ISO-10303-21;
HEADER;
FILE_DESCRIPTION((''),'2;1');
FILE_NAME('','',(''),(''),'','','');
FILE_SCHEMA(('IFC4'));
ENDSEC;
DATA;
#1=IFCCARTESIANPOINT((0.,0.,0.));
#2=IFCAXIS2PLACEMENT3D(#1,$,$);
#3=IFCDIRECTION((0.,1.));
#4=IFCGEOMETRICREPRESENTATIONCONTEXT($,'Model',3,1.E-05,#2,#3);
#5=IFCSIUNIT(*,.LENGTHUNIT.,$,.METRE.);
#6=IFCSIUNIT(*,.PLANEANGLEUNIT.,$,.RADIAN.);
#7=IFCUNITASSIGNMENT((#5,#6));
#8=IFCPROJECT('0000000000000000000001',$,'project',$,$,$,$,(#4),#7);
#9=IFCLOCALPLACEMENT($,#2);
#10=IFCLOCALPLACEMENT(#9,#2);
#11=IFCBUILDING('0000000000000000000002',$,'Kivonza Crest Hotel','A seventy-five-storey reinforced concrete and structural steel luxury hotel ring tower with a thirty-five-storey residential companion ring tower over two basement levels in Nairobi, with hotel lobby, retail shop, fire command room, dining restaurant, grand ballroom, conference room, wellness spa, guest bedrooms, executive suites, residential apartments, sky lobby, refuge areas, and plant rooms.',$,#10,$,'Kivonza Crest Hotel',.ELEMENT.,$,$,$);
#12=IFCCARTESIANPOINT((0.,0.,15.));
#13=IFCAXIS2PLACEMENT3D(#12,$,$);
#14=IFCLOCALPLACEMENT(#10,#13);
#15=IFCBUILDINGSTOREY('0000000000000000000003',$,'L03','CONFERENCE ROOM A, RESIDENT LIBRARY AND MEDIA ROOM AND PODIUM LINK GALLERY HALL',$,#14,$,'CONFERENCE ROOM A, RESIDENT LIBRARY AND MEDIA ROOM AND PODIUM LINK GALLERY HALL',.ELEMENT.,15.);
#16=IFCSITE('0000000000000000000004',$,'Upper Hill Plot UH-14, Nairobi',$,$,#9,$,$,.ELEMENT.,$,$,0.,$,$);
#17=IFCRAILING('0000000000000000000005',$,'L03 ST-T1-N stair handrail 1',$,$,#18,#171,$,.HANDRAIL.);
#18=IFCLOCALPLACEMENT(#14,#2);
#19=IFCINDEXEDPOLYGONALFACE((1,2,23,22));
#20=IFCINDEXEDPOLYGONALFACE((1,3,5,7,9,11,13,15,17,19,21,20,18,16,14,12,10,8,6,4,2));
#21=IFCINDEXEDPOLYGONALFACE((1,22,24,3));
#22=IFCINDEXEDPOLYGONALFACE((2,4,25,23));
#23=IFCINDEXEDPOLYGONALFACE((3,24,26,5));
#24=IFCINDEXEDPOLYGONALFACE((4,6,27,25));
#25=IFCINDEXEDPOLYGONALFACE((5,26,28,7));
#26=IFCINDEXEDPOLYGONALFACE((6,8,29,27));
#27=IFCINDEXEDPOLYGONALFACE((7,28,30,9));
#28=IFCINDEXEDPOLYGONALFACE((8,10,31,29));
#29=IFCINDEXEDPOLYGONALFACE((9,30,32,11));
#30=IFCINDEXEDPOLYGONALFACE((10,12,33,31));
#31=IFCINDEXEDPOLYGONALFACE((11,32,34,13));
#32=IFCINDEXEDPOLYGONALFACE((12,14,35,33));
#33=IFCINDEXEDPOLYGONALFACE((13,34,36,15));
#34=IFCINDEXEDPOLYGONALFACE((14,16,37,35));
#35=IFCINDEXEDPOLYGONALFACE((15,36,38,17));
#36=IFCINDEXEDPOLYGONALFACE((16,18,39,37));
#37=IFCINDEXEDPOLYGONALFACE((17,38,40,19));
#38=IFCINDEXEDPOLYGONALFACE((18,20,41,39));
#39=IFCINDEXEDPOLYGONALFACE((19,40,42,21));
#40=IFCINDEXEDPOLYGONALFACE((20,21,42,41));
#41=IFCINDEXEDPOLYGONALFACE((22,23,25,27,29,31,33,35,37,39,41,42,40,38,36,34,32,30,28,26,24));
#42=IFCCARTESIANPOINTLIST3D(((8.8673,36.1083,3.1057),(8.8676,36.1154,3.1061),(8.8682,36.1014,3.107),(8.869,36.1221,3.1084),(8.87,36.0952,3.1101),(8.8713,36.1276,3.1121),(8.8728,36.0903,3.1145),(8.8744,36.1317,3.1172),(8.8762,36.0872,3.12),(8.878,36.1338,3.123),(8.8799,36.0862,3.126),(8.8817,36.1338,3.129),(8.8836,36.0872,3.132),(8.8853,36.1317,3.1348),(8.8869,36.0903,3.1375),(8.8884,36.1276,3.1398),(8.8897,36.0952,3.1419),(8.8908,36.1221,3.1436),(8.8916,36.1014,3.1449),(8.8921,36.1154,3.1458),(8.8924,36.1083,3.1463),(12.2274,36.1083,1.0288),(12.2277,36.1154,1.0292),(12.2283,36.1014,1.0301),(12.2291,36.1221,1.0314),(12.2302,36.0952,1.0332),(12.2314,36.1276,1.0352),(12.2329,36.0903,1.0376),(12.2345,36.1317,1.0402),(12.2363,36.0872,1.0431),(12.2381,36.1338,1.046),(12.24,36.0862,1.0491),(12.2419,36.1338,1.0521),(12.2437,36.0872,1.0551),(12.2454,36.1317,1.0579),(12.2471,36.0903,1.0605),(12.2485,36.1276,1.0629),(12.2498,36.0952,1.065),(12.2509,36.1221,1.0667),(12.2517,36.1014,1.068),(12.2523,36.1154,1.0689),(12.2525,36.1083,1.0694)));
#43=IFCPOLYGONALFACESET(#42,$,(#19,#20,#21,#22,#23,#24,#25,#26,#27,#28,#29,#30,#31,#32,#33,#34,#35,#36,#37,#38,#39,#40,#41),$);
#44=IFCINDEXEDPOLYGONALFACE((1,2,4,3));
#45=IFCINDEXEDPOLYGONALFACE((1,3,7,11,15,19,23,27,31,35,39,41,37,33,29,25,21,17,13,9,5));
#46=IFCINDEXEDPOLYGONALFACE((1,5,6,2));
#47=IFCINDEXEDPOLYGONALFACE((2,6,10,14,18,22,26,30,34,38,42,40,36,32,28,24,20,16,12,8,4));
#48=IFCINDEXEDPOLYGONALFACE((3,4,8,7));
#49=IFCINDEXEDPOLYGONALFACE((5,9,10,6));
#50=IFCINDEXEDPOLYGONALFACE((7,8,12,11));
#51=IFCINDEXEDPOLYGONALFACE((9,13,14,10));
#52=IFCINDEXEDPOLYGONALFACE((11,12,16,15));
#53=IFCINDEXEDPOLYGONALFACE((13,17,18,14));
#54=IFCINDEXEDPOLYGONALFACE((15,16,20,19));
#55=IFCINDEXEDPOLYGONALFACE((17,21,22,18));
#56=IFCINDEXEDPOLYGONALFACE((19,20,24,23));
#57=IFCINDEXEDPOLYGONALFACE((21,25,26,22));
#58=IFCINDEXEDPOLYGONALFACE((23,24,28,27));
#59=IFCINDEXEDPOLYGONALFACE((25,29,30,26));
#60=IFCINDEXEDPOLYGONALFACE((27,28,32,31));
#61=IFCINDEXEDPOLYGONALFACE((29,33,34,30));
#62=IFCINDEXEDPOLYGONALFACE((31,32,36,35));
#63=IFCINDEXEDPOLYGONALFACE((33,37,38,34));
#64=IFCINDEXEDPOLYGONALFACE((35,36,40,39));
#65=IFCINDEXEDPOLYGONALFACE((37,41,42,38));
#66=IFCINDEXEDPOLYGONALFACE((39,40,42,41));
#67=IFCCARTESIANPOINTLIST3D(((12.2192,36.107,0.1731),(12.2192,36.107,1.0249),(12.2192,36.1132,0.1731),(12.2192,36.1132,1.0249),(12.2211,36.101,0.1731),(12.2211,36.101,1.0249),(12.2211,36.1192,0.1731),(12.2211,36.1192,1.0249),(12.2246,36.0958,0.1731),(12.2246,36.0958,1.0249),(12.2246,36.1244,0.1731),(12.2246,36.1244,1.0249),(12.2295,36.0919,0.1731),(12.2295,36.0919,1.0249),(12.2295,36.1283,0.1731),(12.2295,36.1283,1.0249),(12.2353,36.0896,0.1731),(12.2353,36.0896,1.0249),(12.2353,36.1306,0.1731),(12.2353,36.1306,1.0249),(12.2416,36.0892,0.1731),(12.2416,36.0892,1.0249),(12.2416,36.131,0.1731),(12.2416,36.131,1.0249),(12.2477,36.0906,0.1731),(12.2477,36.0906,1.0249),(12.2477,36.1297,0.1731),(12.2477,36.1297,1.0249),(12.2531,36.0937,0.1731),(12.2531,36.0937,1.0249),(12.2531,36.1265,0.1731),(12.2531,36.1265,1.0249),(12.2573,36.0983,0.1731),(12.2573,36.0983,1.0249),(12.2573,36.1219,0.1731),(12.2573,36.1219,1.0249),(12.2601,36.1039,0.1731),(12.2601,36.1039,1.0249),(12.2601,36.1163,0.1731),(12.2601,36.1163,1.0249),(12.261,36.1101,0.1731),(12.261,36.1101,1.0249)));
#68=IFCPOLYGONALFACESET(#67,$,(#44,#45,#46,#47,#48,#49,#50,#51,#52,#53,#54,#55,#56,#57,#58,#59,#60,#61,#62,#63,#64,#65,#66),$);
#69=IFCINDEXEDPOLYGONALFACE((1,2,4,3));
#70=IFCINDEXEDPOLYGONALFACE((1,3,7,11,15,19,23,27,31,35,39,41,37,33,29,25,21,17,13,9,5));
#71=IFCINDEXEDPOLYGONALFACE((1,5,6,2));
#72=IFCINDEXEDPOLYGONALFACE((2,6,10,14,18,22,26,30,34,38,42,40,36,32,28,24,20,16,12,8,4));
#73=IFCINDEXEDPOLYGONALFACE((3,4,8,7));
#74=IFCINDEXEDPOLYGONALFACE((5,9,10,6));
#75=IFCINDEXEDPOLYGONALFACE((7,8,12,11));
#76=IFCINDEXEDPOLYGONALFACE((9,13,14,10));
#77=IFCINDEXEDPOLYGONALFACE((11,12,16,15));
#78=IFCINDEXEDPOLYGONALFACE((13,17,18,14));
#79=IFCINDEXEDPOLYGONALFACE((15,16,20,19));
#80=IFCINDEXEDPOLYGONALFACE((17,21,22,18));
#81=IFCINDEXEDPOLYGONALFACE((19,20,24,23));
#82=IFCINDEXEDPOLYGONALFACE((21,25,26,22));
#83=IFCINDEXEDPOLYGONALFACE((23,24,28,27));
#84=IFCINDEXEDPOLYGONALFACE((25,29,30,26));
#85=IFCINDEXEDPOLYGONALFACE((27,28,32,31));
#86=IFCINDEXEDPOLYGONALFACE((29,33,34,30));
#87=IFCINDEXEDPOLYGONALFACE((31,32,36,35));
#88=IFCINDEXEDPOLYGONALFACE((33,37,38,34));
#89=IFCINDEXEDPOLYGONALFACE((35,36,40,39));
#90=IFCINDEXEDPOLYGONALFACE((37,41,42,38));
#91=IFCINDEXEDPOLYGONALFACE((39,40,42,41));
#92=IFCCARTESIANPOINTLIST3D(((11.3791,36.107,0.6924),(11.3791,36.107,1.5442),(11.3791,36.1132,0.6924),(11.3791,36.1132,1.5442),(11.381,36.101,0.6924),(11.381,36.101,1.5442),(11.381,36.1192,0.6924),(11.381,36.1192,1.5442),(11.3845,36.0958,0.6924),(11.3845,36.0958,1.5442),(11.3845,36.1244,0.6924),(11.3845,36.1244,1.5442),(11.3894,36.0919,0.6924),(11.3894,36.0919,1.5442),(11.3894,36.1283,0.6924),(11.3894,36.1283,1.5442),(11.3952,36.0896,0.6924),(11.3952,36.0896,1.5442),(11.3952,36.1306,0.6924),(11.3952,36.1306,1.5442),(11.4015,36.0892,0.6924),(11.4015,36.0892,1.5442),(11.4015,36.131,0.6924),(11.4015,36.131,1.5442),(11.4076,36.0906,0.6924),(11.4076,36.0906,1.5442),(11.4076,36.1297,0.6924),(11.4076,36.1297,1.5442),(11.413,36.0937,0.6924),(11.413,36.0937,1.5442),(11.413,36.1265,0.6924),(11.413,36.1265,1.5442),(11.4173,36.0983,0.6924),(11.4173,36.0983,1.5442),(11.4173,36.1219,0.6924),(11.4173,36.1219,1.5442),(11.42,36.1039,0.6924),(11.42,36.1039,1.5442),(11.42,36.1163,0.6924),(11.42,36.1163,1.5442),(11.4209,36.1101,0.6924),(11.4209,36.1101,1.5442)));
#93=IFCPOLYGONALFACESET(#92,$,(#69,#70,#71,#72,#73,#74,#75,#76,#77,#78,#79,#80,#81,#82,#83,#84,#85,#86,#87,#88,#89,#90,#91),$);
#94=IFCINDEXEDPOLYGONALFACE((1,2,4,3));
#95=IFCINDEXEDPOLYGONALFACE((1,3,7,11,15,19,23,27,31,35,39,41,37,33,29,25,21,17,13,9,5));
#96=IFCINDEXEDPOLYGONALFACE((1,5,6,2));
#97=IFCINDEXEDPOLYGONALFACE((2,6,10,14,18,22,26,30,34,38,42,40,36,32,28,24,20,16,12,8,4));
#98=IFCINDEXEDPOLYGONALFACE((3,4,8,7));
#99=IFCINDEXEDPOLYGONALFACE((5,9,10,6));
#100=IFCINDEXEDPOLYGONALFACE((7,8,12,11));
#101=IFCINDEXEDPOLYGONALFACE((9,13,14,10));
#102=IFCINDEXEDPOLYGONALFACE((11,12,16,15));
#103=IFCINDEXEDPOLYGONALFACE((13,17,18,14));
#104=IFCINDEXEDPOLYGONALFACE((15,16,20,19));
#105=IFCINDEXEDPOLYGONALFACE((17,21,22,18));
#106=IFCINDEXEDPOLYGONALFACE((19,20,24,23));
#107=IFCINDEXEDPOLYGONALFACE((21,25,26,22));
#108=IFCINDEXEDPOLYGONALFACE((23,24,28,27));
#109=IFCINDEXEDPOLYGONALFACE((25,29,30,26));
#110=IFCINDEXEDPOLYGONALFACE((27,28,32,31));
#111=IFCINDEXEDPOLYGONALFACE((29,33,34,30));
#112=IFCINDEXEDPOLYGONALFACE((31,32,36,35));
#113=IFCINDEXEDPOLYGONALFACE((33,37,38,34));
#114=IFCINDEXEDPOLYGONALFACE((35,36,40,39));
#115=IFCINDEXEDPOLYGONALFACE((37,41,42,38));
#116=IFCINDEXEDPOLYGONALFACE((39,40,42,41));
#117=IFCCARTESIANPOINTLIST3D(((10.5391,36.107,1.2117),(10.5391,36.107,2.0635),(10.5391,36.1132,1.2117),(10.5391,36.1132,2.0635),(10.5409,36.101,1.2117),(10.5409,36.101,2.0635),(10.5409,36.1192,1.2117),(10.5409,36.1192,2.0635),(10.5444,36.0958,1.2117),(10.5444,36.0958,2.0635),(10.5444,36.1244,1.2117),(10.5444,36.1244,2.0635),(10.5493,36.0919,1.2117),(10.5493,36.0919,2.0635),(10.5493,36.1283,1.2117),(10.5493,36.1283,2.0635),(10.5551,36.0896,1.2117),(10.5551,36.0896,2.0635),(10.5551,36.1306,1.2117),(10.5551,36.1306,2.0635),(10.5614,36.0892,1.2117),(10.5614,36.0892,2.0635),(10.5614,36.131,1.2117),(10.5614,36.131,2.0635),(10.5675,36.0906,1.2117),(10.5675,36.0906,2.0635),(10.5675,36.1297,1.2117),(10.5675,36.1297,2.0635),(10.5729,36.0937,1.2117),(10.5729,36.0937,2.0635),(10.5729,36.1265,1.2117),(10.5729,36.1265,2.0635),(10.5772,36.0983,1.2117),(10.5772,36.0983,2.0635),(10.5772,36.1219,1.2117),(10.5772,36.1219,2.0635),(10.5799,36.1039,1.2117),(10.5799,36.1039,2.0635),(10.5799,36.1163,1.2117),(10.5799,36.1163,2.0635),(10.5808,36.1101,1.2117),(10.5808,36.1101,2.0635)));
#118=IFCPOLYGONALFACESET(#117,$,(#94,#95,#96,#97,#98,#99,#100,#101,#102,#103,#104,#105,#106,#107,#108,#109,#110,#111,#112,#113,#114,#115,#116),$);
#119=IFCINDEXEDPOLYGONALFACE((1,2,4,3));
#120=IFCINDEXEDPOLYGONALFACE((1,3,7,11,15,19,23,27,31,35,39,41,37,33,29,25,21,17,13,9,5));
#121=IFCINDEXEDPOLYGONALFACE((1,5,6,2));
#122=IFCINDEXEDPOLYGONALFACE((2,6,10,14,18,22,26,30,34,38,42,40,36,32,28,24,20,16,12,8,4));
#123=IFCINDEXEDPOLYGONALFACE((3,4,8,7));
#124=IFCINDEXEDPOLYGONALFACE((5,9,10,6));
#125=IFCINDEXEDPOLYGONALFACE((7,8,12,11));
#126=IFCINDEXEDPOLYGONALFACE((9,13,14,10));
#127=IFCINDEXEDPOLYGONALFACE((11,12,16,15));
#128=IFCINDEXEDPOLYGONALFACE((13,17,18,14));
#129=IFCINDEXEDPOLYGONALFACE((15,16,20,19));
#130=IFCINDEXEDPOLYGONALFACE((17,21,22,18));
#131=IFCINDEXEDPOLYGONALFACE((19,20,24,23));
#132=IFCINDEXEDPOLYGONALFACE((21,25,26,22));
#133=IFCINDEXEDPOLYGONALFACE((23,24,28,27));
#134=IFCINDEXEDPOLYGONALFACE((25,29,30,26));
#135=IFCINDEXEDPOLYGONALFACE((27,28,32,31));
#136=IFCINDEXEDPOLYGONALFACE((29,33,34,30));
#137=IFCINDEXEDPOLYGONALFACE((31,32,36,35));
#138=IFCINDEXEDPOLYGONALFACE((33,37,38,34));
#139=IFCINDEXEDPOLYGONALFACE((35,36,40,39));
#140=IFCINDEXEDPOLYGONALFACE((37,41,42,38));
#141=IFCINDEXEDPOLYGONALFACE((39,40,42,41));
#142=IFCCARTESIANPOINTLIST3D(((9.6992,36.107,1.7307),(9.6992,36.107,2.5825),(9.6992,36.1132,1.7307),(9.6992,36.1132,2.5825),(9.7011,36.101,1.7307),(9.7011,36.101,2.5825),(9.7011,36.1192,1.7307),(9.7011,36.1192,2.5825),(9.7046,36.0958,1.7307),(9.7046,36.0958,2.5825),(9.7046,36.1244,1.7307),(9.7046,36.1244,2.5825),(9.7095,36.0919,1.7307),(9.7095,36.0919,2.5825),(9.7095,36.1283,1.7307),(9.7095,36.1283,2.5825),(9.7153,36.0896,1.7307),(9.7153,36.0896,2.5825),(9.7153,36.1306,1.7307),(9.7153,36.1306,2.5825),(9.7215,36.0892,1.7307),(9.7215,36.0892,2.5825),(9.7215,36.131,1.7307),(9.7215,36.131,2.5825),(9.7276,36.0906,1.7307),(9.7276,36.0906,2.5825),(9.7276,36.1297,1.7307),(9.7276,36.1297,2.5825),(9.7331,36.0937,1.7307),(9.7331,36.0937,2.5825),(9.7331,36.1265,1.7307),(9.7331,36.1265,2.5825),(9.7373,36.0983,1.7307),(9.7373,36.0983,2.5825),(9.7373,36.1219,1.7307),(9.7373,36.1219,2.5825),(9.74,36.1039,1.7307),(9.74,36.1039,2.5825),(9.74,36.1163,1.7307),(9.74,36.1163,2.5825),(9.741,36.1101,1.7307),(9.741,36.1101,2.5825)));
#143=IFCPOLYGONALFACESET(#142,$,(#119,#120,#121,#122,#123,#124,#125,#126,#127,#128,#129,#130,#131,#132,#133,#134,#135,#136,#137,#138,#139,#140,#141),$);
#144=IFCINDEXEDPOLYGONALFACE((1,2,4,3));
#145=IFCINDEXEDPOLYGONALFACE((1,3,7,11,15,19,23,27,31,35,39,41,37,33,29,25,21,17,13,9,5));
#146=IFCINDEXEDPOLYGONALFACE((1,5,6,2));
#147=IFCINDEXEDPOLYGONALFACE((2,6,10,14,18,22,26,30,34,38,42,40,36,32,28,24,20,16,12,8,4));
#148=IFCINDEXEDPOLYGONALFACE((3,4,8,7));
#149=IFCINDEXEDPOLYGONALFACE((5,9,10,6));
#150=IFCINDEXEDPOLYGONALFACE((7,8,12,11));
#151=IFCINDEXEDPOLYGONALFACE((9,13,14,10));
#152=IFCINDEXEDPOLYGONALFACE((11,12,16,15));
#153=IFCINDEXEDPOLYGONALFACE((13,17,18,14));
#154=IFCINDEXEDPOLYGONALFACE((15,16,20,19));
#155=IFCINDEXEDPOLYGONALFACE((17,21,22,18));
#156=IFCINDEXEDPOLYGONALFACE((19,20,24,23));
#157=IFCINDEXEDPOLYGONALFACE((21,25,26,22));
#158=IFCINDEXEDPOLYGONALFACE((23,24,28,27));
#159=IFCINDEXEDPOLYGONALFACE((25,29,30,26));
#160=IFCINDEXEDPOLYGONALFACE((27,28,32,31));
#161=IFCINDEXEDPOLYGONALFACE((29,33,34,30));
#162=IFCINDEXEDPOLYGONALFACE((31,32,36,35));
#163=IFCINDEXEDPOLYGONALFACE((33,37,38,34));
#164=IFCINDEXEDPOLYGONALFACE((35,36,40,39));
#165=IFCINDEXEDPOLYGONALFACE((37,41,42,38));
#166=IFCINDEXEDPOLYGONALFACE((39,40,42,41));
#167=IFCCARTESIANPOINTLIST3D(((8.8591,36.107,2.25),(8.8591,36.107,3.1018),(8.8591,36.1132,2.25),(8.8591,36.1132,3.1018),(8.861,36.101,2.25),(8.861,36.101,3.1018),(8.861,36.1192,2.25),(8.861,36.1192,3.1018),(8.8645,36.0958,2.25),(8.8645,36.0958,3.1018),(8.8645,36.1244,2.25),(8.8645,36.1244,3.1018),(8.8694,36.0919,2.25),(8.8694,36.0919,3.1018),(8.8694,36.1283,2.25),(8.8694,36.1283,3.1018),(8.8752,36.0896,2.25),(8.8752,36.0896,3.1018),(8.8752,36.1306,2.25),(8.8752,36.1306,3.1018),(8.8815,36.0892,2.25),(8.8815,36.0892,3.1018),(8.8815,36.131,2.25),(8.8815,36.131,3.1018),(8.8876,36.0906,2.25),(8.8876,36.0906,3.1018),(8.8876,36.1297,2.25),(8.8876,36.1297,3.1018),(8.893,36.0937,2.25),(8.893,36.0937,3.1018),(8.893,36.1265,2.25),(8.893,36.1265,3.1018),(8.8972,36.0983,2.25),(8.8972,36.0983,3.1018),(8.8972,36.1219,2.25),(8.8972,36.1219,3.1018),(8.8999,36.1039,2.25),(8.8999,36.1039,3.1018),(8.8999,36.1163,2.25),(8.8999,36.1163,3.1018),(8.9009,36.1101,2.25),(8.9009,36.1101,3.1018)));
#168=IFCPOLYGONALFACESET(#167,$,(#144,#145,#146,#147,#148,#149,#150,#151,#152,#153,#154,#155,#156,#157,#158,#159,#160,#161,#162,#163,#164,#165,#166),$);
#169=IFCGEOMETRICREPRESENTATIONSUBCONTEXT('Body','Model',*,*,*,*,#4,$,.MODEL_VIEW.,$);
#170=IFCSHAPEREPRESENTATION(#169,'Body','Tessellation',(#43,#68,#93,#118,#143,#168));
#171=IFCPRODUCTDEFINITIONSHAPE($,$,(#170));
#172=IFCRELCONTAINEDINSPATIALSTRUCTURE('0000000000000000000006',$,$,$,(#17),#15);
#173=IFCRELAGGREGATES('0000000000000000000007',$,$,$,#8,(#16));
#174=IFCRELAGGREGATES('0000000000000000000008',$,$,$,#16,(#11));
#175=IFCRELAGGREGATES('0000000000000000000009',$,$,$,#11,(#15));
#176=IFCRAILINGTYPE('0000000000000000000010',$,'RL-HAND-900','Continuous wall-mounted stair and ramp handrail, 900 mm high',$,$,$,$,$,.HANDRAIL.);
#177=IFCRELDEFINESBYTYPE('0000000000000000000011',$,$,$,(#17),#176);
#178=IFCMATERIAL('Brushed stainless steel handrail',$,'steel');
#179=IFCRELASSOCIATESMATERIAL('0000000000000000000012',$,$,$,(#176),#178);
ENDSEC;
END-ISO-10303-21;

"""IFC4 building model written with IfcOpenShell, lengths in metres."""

from ifc_helpers import new_model, si_unit, direction, frame, origin, origin_2d, place, context, subcontext, project, spatial, circle, extrude, material, type_object, element, save


model = new_model("IFC4")

# Units and contexts
model_context = context("Model", 3, precision=1e-05, world=origin(), true_north=direction((0.0, 1.0)))
body_context = subcontext(model_context, "Body", "Model", "MODEL_VIEW")
ifc_project = project(units=[si_unit("LENGTHUNIT", "METRE"), si_unit("PLANEANGLEUNIT", "RADIAN")], contexts=[model_context])

# Site, building, storey
site_placement = place(None, origin())
site = spatial("IfcSite", under=ifc_project, at=site_placement, Name="Upper Hill Plot UH-14, Nairobi", CompositionType="ELEMENT", RefElevation=0.0)
building_placement = place(site_placement, origin())
building = spatial("IfcBuilding", under=site, at=building_placement, Name="Kivonza Crest Hotel", Description="A seventy-five-storey reinforced concrete and structural steel luxury hotel ring tower with a thirty-five-storey residential companion ring tower over two basement levels in Nairobi, with hotel lobby, retail shop, fire command room, dining restaurant, grand ballroom, conference room, wellness spa, guest bedrooms, executive suites, residential apartments, sky lobby, refuge areas, and plant rooms.", LongName="Kivonza Crest Hotel", CompositionType="ELEMENT")
storey_placement = place(building_placement, frame((0.0, 0.0, 15.0)))
storey = spatial("IfcBuildingStorey", under=building, at=storey_placement, Name="L03", Description="CONFERENCE ROOM A, RESIDENT LIBRARY AND MEDIA ROOM AND PODIUM LINK GALLERY HALL", LongName="CONFERENCE ROOM A, RESIDENT LIBRARY AND MEDIA ROOM AND PODIUM LINK GALLERY HALL", CompositionType="ELEMENT", Elevation=15.0)

# Railing
ifc_material_1 = material(Name="Brushed stainless steel handrail", Category="steel")
railing_type_1 = type_object("IfcRailingType", Name="RL-HAND-900", Description="Continuous wall-mounted stair and ramp handrail, 900 mm high", PredefinedType="HANDRAIL", material=ifc_material_1)
railing_1_placement = place(storey_placement, frame((12.24, 36.1101, 0.1731)))
element("IfcRailing", 1, at=railing_1_placement, inside=storey, type_object=railing_type_1, Name="L03 ST-T1-N stair handrail 1", PredefinedType="HANDRAIL", context=body_context, shape_type="SweptSolid", body=[
    extrude(circle(Radius=0.0239, at=origin_2d()), frame((0.0, 0.0, 0.876), z_axis=(-0.850623, 0.0, 0.525776), x_axis=(0.0, -1.0, 0.0)), (0.0, 0.0, 1.0), 3.9502),
    extrude(circle(Radius=0.021, at=origin_2d()), origin(), (0.0, 0.0, 1.0), 0.8518),
    extrude(circle(Radius=0.021, at=origin_2d()), frame((-0.8401, 0.0, 0.5193)), (0.0, 0.0, 1.0), 0.8518),
    extrude(circle(Radius=0.021, at=origin_2d()), frame((-1.6802, 0.0, 1.0386)), (0.0, 0.0, 1.0), 0.8518),
    extrude(circle(Radius=0.021, at=origin_2d()), frame((-2.52, 0.0, 1.5576)), (0.0, 0.0, 1.0), 0.8518),
    extrude(circle(Radius=0.021, at=origin_2d()), frame((-3.3601, 0.0, 2.0769)), (0.0, 0.0, 1.0), 0.8518),
])

save(model, "model.ifc")
